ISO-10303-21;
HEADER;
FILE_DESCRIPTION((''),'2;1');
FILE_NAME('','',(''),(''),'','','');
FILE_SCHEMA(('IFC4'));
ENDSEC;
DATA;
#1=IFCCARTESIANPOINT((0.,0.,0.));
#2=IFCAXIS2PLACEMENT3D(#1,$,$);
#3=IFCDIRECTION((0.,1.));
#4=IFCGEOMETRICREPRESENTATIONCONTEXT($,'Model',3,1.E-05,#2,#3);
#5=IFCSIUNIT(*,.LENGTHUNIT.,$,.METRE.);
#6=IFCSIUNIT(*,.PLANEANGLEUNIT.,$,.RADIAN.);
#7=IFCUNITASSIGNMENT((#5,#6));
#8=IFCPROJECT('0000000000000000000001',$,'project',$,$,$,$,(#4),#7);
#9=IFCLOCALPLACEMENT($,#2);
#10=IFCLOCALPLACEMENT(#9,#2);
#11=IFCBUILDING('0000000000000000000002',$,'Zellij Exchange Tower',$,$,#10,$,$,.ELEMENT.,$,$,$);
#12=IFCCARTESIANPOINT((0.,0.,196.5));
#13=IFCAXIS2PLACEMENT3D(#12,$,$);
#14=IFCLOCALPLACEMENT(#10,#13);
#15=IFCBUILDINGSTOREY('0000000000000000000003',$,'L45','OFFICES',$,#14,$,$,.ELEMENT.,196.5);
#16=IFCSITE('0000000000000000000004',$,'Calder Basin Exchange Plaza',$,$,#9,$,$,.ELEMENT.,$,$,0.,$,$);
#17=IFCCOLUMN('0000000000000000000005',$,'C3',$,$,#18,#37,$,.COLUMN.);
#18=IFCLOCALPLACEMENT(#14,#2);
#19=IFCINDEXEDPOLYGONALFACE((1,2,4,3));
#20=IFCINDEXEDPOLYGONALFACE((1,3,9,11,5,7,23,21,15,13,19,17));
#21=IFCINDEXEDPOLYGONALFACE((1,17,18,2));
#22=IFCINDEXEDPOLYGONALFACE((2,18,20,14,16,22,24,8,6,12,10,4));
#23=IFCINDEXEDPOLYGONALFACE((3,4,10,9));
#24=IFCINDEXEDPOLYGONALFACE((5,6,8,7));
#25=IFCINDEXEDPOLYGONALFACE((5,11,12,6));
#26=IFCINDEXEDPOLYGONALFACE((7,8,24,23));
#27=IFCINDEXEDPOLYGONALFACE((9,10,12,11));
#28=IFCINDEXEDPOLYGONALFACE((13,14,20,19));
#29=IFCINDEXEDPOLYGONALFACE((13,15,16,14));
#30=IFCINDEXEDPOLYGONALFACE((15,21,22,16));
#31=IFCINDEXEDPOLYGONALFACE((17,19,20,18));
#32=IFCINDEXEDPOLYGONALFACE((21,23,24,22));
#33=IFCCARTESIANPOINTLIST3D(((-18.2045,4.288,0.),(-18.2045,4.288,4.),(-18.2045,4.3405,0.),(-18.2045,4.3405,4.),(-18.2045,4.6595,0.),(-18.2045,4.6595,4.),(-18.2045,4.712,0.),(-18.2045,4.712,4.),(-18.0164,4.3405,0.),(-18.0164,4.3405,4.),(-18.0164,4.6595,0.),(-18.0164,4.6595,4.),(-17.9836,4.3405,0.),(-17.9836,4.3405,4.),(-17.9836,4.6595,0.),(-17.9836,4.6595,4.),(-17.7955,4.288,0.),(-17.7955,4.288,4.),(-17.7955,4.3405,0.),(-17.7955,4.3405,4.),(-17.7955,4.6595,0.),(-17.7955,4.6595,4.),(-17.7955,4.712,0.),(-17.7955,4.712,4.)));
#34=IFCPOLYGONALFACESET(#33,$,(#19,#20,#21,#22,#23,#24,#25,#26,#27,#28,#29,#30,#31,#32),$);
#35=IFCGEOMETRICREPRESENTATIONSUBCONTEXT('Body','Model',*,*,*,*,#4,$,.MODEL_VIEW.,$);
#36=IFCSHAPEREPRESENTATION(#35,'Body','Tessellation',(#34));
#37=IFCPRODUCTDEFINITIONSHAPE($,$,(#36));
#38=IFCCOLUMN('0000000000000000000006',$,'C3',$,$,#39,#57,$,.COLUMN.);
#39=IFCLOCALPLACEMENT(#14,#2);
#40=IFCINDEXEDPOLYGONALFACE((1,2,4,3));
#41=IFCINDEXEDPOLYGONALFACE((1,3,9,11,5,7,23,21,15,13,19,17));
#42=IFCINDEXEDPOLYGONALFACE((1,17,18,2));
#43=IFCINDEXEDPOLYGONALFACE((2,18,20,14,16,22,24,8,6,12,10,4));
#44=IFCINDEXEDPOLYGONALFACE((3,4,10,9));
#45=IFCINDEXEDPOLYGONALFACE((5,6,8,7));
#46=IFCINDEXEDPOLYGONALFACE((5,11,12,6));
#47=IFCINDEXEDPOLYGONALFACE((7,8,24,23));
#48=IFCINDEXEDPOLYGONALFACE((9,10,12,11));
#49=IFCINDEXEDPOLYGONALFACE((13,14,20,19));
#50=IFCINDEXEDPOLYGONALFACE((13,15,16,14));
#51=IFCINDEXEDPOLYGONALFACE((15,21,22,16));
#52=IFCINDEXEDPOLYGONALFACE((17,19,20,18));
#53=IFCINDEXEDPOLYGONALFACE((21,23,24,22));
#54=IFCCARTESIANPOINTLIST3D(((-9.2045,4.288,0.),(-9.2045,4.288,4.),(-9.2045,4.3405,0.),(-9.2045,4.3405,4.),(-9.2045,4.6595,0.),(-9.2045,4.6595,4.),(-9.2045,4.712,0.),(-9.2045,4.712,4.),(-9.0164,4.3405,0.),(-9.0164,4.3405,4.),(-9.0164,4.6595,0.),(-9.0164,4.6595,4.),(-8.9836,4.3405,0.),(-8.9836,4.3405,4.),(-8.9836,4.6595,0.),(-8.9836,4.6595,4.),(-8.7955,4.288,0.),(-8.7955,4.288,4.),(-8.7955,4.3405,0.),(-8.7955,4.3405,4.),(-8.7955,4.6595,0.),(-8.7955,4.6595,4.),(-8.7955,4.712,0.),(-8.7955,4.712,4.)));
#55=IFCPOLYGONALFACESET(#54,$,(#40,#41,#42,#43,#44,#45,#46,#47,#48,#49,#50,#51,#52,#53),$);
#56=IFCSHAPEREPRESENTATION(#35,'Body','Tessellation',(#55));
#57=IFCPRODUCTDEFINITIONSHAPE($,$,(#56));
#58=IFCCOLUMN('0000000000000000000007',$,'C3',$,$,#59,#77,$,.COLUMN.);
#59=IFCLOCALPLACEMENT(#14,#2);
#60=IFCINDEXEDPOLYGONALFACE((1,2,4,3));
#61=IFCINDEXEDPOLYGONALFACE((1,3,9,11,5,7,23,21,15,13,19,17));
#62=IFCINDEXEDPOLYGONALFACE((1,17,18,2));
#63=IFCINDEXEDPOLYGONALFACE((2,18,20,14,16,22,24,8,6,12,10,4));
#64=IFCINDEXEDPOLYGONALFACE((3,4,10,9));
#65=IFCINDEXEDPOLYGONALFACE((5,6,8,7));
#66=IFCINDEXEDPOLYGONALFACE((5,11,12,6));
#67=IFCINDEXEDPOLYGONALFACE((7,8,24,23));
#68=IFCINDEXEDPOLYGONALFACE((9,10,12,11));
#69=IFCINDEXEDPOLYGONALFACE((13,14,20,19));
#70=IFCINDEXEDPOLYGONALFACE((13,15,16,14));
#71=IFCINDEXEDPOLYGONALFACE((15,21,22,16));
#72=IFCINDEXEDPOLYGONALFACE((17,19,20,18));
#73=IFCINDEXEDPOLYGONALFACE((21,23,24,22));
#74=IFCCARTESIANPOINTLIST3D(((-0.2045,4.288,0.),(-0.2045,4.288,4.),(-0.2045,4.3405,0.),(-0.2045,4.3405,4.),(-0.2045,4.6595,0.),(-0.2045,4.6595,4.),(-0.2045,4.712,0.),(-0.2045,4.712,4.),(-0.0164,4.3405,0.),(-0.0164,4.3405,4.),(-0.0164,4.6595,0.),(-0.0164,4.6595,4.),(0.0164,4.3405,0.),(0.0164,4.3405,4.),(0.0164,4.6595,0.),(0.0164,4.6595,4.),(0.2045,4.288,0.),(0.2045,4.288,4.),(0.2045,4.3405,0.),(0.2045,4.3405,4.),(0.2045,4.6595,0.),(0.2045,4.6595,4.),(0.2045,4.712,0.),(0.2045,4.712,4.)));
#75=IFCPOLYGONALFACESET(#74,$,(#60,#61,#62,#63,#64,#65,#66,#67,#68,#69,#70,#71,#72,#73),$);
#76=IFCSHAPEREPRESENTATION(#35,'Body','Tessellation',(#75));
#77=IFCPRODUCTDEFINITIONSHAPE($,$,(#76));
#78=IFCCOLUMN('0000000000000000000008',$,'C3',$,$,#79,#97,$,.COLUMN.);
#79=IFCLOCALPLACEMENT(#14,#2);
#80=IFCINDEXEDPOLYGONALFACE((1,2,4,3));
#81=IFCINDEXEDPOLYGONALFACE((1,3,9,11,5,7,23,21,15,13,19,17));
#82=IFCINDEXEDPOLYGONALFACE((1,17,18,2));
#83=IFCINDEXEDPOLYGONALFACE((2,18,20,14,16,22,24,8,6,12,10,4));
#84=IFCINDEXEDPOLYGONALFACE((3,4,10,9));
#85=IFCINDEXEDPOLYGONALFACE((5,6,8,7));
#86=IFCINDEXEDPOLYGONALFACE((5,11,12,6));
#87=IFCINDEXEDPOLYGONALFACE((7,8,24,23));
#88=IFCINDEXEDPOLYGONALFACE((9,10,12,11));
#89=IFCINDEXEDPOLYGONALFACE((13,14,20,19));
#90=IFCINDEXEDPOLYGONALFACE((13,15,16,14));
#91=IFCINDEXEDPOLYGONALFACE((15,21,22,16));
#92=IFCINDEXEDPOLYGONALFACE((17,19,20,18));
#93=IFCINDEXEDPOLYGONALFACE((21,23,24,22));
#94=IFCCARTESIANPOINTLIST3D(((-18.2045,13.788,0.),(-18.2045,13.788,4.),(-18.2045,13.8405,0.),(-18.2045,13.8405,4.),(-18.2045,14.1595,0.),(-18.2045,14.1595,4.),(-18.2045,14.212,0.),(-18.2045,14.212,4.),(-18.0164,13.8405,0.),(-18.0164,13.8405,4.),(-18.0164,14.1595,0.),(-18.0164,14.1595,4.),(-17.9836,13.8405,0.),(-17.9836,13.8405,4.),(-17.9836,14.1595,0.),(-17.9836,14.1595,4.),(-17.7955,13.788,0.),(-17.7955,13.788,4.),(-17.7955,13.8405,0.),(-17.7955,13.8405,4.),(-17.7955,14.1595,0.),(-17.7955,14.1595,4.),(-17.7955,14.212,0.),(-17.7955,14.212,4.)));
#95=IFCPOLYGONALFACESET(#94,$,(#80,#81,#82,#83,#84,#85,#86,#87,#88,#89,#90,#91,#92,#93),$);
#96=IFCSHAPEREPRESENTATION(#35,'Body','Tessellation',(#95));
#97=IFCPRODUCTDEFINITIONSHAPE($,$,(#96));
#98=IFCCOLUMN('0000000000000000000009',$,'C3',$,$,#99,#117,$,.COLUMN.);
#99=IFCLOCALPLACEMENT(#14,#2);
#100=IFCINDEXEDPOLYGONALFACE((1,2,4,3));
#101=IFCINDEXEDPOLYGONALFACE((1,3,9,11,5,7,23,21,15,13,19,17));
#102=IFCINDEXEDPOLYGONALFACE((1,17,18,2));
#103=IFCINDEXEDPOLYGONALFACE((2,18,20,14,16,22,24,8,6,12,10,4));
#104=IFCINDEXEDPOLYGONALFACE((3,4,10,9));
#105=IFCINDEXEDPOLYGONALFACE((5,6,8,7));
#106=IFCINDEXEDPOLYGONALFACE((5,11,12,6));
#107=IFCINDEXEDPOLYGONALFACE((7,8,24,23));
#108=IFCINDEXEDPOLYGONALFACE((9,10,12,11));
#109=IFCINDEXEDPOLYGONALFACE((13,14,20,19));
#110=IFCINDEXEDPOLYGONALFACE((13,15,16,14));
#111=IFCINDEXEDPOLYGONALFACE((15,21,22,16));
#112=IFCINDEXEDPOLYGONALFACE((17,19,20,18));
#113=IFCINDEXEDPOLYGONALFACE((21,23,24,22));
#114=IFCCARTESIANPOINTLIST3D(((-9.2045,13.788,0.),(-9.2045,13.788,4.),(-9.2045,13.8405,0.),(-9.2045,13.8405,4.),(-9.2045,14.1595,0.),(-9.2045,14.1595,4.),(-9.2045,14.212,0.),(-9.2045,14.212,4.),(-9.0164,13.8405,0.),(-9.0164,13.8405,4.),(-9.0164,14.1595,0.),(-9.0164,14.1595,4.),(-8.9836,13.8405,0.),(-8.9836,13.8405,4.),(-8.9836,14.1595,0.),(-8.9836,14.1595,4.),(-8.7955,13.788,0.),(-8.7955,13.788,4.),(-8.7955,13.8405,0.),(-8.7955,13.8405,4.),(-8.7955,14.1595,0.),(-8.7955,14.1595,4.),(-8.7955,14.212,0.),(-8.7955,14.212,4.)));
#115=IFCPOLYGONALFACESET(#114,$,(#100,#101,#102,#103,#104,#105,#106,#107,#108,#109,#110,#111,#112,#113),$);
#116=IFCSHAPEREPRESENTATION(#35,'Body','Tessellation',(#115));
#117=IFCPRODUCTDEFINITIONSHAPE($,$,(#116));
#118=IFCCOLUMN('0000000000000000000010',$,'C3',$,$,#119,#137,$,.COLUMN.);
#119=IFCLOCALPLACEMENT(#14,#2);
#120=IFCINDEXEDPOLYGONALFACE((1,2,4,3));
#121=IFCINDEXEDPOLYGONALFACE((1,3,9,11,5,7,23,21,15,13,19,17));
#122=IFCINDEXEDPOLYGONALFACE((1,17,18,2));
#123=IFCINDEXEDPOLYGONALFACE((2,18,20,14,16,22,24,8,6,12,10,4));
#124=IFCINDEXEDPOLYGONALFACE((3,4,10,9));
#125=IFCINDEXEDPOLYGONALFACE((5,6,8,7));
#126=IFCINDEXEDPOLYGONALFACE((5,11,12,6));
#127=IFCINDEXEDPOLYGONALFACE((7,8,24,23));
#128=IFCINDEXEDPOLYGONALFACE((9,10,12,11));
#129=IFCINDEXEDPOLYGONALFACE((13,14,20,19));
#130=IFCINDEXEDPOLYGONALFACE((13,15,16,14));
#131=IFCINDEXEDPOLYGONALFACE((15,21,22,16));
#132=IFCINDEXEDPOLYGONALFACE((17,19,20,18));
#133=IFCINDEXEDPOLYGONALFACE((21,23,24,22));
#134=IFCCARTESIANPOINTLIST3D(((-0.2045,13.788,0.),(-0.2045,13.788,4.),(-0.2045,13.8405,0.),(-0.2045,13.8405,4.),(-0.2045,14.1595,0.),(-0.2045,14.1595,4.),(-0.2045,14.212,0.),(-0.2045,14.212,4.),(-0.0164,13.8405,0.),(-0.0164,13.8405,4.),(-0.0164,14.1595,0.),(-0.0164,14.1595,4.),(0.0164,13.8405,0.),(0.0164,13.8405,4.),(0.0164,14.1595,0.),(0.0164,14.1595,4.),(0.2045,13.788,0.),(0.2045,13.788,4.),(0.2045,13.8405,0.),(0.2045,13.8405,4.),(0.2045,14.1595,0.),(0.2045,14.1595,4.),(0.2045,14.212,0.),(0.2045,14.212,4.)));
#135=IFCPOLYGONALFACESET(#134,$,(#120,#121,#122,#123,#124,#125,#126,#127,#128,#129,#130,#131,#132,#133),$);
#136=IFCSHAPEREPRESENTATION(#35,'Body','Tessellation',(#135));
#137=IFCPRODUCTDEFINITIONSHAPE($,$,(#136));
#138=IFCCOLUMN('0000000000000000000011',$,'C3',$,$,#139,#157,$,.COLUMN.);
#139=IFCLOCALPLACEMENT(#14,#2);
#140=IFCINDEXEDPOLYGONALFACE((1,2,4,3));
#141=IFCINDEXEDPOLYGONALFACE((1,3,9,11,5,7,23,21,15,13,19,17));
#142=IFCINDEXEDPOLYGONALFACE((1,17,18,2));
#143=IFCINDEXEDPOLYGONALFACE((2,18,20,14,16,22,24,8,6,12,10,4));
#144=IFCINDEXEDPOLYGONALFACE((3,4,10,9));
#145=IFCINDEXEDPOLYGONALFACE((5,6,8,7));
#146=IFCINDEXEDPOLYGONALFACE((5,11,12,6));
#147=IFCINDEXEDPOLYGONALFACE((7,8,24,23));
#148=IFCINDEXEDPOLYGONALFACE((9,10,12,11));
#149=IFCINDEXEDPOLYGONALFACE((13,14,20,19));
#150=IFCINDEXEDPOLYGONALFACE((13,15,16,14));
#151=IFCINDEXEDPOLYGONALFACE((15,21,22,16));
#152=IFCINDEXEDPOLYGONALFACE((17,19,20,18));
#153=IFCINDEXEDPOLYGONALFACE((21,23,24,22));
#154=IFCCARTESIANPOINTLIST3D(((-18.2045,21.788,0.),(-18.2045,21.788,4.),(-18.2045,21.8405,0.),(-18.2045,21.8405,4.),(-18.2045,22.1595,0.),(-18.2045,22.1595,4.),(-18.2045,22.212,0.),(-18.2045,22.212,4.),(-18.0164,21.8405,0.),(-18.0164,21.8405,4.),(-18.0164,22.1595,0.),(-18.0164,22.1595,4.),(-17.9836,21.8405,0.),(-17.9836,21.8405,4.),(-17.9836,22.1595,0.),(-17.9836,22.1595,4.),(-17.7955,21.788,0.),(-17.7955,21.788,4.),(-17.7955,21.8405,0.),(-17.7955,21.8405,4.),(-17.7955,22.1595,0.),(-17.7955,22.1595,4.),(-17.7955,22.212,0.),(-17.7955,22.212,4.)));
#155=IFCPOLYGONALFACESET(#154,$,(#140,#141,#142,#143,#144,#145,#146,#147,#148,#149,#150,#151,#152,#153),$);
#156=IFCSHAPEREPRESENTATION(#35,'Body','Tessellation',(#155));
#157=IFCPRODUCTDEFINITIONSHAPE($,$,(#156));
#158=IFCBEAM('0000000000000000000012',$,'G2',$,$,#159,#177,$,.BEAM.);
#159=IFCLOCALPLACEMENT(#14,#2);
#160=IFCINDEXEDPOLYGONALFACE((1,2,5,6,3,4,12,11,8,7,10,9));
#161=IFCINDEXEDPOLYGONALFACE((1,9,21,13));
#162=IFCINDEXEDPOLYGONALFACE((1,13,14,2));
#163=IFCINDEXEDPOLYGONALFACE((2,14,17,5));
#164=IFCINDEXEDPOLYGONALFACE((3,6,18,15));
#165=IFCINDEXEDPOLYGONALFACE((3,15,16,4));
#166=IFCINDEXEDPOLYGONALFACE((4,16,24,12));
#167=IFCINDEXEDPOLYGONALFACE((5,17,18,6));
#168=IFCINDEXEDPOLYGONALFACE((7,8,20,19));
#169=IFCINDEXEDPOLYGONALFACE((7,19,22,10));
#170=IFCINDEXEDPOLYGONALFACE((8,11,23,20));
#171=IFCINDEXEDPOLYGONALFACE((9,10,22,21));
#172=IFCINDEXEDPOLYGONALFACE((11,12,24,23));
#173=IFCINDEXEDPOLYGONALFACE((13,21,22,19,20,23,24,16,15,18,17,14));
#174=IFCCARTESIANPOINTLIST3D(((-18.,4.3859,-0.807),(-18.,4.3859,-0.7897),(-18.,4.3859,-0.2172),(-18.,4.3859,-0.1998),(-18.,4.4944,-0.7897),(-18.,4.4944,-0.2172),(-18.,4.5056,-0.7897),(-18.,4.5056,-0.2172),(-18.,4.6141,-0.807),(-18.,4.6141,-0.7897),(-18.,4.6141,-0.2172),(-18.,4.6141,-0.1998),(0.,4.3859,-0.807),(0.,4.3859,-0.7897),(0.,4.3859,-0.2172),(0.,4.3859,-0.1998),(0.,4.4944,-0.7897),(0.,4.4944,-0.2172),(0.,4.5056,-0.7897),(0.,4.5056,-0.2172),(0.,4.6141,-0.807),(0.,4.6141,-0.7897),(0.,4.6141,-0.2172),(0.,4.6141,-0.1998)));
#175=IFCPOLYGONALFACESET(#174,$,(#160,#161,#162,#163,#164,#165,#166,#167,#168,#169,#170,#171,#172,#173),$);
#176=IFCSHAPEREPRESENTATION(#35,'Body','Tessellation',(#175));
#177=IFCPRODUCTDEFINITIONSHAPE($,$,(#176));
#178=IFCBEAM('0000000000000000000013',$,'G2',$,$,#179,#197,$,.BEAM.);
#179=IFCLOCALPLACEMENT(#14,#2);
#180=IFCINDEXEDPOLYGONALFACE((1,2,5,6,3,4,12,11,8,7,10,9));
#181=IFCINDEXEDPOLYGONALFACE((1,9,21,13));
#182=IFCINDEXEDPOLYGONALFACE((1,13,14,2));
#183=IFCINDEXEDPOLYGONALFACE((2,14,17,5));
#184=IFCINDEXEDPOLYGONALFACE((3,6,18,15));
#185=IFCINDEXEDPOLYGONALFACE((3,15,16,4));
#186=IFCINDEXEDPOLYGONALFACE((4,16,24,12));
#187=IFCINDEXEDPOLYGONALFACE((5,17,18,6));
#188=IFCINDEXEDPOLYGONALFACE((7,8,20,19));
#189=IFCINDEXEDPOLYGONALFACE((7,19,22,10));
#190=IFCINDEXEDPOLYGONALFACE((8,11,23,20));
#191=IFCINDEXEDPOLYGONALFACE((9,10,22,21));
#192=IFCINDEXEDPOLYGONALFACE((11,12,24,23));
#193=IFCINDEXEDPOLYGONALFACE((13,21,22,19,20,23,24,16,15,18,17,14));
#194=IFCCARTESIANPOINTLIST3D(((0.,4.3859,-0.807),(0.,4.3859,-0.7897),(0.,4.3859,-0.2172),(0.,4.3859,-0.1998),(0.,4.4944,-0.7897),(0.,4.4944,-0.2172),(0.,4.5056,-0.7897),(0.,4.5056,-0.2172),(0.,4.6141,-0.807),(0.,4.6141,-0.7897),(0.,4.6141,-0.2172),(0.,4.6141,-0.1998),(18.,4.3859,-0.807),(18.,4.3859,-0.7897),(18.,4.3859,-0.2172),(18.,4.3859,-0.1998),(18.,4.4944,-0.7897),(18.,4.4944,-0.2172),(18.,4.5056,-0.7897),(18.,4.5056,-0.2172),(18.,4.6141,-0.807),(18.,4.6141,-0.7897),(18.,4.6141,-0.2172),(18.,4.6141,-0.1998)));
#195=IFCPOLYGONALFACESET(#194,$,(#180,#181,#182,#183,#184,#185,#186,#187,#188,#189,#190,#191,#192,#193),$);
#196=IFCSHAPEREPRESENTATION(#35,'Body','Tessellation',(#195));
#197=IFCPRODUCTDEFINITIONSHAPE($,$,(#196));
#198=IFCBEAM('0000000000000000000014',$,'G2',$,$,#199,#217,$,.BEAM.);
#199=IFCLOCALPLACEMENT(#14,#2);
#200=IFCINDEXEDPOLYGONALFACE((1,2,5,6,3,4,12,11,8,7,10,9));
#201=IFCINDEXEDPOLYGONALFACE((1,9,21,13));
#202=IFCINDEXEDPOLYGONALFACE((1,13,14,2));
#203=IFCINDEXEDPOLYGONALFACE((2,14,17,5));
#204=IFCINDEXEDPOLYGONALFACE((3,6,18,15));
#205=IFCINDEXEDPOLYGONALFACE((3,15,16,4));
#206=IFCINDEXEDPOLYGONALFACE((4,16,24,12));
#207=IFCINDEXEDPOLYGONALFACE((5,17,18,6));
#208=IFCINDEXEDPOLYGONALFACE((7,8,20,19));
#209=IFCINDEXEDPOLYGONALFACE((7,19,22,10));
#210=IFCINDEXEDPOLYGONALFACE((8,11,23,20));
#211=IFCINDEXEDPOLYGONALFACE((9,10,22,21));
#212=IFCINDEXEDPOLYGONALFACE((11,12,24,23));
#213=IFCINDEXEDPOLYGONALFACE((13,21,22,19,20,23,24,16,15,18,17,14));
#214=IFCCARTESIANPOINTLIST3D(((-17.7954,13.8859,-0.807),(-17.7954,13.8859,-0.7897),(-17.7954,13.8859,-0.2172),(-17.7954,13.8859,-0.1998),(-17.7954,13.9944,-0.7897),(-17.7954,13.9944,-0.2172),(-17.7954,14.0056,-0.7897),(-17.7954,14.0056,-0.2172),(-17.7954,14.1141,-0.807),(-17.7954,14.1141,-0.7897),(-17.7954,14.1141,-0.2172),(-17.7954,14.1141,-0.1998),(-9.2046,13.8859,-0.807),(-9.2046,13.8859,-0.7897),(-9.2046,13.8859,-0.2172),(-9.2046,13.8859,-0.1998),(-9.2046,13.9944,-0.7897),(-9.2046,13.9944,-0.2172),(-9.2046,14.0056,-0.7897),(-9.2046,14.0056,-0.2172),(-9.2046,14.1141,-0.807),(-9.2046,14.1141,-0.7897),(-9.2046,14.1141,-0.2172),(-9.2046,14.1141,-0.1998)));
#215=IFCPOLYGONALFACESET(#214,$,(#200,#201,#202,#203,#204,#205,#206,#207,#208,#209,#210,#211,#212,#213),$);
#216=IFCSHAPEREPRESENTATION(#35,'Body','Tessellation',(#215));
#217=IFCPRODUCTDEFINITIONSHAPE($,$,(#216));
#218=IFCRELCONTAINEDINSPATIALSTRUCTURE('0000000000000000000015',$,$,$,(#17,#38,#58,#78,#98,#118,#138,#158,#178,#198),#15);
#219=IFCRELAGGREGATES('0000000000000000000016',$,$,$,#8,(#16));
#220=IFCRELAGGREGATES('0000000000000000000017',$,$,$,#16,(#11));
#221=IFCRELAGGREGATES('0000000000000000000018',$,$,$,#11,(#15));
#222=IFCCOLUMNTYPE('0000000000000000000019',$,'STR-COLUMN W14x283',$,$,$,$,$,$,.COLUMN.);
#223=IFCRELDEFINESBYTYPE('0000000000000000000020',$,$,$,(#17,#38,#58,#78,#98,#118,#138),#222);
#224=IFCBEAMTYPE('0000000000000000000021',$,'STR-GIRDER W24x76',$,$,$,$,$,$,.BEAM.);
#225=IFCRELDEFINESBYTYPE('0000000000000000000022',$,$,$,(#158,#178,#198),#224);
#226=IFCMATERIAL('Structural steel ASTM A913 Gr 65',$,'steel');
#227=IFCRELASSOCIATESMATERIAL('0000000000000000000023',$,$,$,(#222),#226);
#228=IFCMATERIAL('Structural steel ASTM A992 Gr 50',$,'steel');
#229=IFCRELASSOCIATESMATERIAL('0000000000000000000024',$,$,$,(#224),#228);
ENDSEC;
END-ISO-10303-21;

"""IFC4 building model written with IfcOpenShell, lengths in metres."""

from ifc_helpers import new_model, si_unit, direction, frame, origin, origin_2d, place, context, subcontext, project, spatial, i_section, extrude, material, material_profile, profile_set, type_object, element, save


model = new_model("IFC4")

# Units and contexts
model_context = context("Model", 3, precision=1e-05, world=origin(), true_north=direction((0.0, 1.0)))
body_context = subcontext(model_context, "Body", "Model", "MODEL_VIEW")
ifc_project = project(units=[si_unit("LENGTHUNIT", "METRE"), si_unit("PLANEANGLEUNIT", "RADIAN")], contexts=[model_context])

# Site, building, storey
site_placement = place(None, origin())
site = spatial("IfcSite", under=ifc_project, at=site_placement, Name="Calder Basin Exchange Plaza", CompositionType="ELEMENT", RefElevation=0.0)
building_placement = place(site_placement, origin())
building = spatial("IfcBuilding", under=site, at=building_placement, Name="Zellij Exchange Tower", CompositionType="ELEMENT")
storey_placement = place(building_placement, frame((0.0, 0.0, 196.5)))
storey = spatial("IfcBuildingStorey", under=building, at=storey_placement, Name="L45", Description="OFFICES", CompositionType="ELEMENT", Elevation=196.5)

# Columns
ifc_material_1 = material(Name="Structural steel ASTM A913 Gr 65", Category="steel")
ifc_material_profile_1 = material_profile(ifc_material_1, i_section(OverallWidth=0.4089, OverallDepth=0.4241, WebThickness=0.0327, FlangeThickness=0.0525, at=origin_2d()), Name="W14x283")
ifc_profile_set_1 = profile_set([ifc_material_profile_1], Name="Structural steel ASTM A913 Gr 65")
column_type = type_object("IfcColumnType", Name="STR-COLUMN W14x283", PredefinedType="COLUMN", material=ifc_profile_set_1)
for number, where, z_axis, x_axis, name in (
    (1, (-18.0, 4.5, 0.0), (0.0, 0.0, 1.0), (1.0, 0.0, 0.0), "C3"),
    (2, (-9.0, 4.5, 0.0), (0.0, 0.0, 1.0), (1.0, 0.0, 0.0), "C3"),
    (3, (0.0, 4.5, 0.0), (0.0, 0.0, 1.0), (1.0, 0.0, 0.0), "C3"),
    (4, (-18.0, 14.0, 0.0), (0.0, 0.0, 1.0), (1.0, 0.0, 0.0), "C3"),
    (5, (-9.0, 14.0, 0.0), (0.0, 0.0, 1.0), (1.0, 0.0, 0.0), "C3"),
    (6, (0.0, 14.0, 0.0), (0.0, 0.0, 1.0), (1.0, 0.0, 0.0), "C3"),
    (7, (-18.0, 22.0, 0.0), (0.0, 0.0, 1.0), (1.0, 0.0, 0.0), "C3"),
):
    element("IfcColumn", number, at=place(storey_placement, frame(where, z_axis=z_axis, x_axis=x_axis)), inside=storey, type_object=column_type, Name=name, PredefinedType="COLUMN", context=body_context, shape_type="SweptSolid", body=[
        extrude(i_section(OverallWidth=0.4089, OverallDepth=0.4241, WebThickness=0.0327, FlangeThickness=0.0525, at=origin_2d()), origin(), (0.0, 0.0, 1.0), 4.0),
    ])

# Beams
ifc_material_2 = material(Name="Structural steel ASTM A992 Gr 50", Category="steel")
ifc_material_profile_2 = material_profile(ifc_material_2, i_section(OverallWidth=0.2283, OverallDepth=0.6072, WebThickness=0.0112, FlangeThickness=0.0173, at=origin_2d()), Name="W24x76")
ifc_profile_set_2 = profile_set([ifc_material_profile_2], Name="Structural steel ASTM A992 Gr 50")
beam_type = type_object("IfcBeamType", Name="STR-GIRDER W24x76", PredefinedType="BEAM", material=ifc_profile_set_2)
for number, where, z_axis, x_axis, name in (
    (8, (-18.0, 4.5, -0.5034), (1.0, 0.0, 0.0), (0.0, 1.0, 0.0), "G2"),
    (9, (0.0, 4.5, -0.5034), (1.0, 0.0, 0.0), (0.0, 1.0, 0.0), "G2"),
):
    element("IfcBeam", number, at=place(storey_placement, frame(where, z_axis=z_axis, x_axis=x_axis)), inside=storey, type_object=beam_type, Name=name, PredefinedType="BEAM", context=body_context, shape_type="SweptSolid", body=[
        extrude(i_section(OverallWidth=0.2283, OverallDepth=0.6072, WebThickness=0.0112, FlangeThickness=0.0173, at=origin_2d()), origin(), (0.0, 0.0, 1.0), 18.0),
    ])
for number, where, z_axis, x_axis, name in (
    (10, (-17.7954, 14.0, -0.5034), (1.0, 0.0, 0.0), (0.0, 1.0, 0.0), "G2"),
):
    element("IfcBeam", number, at=place(storey_placement, frame(where, z_axis=z_axis, x_axis=x_axis)), inside=storey, type_object=beam_type, Name=name, PredefinedType="BEAM", context=body_context, shape_type="SweptSolid", body=[
        extrude(i_section(OverallWidth=0.2283, OverallDepth=0.6072, WebThickness=0.0112, FlangeThickness=0.0173, at=origin_2d()), origin(), (0.0, 0.0, 1.0), 8.5908),
    ])

save(model, "model.ifc")
